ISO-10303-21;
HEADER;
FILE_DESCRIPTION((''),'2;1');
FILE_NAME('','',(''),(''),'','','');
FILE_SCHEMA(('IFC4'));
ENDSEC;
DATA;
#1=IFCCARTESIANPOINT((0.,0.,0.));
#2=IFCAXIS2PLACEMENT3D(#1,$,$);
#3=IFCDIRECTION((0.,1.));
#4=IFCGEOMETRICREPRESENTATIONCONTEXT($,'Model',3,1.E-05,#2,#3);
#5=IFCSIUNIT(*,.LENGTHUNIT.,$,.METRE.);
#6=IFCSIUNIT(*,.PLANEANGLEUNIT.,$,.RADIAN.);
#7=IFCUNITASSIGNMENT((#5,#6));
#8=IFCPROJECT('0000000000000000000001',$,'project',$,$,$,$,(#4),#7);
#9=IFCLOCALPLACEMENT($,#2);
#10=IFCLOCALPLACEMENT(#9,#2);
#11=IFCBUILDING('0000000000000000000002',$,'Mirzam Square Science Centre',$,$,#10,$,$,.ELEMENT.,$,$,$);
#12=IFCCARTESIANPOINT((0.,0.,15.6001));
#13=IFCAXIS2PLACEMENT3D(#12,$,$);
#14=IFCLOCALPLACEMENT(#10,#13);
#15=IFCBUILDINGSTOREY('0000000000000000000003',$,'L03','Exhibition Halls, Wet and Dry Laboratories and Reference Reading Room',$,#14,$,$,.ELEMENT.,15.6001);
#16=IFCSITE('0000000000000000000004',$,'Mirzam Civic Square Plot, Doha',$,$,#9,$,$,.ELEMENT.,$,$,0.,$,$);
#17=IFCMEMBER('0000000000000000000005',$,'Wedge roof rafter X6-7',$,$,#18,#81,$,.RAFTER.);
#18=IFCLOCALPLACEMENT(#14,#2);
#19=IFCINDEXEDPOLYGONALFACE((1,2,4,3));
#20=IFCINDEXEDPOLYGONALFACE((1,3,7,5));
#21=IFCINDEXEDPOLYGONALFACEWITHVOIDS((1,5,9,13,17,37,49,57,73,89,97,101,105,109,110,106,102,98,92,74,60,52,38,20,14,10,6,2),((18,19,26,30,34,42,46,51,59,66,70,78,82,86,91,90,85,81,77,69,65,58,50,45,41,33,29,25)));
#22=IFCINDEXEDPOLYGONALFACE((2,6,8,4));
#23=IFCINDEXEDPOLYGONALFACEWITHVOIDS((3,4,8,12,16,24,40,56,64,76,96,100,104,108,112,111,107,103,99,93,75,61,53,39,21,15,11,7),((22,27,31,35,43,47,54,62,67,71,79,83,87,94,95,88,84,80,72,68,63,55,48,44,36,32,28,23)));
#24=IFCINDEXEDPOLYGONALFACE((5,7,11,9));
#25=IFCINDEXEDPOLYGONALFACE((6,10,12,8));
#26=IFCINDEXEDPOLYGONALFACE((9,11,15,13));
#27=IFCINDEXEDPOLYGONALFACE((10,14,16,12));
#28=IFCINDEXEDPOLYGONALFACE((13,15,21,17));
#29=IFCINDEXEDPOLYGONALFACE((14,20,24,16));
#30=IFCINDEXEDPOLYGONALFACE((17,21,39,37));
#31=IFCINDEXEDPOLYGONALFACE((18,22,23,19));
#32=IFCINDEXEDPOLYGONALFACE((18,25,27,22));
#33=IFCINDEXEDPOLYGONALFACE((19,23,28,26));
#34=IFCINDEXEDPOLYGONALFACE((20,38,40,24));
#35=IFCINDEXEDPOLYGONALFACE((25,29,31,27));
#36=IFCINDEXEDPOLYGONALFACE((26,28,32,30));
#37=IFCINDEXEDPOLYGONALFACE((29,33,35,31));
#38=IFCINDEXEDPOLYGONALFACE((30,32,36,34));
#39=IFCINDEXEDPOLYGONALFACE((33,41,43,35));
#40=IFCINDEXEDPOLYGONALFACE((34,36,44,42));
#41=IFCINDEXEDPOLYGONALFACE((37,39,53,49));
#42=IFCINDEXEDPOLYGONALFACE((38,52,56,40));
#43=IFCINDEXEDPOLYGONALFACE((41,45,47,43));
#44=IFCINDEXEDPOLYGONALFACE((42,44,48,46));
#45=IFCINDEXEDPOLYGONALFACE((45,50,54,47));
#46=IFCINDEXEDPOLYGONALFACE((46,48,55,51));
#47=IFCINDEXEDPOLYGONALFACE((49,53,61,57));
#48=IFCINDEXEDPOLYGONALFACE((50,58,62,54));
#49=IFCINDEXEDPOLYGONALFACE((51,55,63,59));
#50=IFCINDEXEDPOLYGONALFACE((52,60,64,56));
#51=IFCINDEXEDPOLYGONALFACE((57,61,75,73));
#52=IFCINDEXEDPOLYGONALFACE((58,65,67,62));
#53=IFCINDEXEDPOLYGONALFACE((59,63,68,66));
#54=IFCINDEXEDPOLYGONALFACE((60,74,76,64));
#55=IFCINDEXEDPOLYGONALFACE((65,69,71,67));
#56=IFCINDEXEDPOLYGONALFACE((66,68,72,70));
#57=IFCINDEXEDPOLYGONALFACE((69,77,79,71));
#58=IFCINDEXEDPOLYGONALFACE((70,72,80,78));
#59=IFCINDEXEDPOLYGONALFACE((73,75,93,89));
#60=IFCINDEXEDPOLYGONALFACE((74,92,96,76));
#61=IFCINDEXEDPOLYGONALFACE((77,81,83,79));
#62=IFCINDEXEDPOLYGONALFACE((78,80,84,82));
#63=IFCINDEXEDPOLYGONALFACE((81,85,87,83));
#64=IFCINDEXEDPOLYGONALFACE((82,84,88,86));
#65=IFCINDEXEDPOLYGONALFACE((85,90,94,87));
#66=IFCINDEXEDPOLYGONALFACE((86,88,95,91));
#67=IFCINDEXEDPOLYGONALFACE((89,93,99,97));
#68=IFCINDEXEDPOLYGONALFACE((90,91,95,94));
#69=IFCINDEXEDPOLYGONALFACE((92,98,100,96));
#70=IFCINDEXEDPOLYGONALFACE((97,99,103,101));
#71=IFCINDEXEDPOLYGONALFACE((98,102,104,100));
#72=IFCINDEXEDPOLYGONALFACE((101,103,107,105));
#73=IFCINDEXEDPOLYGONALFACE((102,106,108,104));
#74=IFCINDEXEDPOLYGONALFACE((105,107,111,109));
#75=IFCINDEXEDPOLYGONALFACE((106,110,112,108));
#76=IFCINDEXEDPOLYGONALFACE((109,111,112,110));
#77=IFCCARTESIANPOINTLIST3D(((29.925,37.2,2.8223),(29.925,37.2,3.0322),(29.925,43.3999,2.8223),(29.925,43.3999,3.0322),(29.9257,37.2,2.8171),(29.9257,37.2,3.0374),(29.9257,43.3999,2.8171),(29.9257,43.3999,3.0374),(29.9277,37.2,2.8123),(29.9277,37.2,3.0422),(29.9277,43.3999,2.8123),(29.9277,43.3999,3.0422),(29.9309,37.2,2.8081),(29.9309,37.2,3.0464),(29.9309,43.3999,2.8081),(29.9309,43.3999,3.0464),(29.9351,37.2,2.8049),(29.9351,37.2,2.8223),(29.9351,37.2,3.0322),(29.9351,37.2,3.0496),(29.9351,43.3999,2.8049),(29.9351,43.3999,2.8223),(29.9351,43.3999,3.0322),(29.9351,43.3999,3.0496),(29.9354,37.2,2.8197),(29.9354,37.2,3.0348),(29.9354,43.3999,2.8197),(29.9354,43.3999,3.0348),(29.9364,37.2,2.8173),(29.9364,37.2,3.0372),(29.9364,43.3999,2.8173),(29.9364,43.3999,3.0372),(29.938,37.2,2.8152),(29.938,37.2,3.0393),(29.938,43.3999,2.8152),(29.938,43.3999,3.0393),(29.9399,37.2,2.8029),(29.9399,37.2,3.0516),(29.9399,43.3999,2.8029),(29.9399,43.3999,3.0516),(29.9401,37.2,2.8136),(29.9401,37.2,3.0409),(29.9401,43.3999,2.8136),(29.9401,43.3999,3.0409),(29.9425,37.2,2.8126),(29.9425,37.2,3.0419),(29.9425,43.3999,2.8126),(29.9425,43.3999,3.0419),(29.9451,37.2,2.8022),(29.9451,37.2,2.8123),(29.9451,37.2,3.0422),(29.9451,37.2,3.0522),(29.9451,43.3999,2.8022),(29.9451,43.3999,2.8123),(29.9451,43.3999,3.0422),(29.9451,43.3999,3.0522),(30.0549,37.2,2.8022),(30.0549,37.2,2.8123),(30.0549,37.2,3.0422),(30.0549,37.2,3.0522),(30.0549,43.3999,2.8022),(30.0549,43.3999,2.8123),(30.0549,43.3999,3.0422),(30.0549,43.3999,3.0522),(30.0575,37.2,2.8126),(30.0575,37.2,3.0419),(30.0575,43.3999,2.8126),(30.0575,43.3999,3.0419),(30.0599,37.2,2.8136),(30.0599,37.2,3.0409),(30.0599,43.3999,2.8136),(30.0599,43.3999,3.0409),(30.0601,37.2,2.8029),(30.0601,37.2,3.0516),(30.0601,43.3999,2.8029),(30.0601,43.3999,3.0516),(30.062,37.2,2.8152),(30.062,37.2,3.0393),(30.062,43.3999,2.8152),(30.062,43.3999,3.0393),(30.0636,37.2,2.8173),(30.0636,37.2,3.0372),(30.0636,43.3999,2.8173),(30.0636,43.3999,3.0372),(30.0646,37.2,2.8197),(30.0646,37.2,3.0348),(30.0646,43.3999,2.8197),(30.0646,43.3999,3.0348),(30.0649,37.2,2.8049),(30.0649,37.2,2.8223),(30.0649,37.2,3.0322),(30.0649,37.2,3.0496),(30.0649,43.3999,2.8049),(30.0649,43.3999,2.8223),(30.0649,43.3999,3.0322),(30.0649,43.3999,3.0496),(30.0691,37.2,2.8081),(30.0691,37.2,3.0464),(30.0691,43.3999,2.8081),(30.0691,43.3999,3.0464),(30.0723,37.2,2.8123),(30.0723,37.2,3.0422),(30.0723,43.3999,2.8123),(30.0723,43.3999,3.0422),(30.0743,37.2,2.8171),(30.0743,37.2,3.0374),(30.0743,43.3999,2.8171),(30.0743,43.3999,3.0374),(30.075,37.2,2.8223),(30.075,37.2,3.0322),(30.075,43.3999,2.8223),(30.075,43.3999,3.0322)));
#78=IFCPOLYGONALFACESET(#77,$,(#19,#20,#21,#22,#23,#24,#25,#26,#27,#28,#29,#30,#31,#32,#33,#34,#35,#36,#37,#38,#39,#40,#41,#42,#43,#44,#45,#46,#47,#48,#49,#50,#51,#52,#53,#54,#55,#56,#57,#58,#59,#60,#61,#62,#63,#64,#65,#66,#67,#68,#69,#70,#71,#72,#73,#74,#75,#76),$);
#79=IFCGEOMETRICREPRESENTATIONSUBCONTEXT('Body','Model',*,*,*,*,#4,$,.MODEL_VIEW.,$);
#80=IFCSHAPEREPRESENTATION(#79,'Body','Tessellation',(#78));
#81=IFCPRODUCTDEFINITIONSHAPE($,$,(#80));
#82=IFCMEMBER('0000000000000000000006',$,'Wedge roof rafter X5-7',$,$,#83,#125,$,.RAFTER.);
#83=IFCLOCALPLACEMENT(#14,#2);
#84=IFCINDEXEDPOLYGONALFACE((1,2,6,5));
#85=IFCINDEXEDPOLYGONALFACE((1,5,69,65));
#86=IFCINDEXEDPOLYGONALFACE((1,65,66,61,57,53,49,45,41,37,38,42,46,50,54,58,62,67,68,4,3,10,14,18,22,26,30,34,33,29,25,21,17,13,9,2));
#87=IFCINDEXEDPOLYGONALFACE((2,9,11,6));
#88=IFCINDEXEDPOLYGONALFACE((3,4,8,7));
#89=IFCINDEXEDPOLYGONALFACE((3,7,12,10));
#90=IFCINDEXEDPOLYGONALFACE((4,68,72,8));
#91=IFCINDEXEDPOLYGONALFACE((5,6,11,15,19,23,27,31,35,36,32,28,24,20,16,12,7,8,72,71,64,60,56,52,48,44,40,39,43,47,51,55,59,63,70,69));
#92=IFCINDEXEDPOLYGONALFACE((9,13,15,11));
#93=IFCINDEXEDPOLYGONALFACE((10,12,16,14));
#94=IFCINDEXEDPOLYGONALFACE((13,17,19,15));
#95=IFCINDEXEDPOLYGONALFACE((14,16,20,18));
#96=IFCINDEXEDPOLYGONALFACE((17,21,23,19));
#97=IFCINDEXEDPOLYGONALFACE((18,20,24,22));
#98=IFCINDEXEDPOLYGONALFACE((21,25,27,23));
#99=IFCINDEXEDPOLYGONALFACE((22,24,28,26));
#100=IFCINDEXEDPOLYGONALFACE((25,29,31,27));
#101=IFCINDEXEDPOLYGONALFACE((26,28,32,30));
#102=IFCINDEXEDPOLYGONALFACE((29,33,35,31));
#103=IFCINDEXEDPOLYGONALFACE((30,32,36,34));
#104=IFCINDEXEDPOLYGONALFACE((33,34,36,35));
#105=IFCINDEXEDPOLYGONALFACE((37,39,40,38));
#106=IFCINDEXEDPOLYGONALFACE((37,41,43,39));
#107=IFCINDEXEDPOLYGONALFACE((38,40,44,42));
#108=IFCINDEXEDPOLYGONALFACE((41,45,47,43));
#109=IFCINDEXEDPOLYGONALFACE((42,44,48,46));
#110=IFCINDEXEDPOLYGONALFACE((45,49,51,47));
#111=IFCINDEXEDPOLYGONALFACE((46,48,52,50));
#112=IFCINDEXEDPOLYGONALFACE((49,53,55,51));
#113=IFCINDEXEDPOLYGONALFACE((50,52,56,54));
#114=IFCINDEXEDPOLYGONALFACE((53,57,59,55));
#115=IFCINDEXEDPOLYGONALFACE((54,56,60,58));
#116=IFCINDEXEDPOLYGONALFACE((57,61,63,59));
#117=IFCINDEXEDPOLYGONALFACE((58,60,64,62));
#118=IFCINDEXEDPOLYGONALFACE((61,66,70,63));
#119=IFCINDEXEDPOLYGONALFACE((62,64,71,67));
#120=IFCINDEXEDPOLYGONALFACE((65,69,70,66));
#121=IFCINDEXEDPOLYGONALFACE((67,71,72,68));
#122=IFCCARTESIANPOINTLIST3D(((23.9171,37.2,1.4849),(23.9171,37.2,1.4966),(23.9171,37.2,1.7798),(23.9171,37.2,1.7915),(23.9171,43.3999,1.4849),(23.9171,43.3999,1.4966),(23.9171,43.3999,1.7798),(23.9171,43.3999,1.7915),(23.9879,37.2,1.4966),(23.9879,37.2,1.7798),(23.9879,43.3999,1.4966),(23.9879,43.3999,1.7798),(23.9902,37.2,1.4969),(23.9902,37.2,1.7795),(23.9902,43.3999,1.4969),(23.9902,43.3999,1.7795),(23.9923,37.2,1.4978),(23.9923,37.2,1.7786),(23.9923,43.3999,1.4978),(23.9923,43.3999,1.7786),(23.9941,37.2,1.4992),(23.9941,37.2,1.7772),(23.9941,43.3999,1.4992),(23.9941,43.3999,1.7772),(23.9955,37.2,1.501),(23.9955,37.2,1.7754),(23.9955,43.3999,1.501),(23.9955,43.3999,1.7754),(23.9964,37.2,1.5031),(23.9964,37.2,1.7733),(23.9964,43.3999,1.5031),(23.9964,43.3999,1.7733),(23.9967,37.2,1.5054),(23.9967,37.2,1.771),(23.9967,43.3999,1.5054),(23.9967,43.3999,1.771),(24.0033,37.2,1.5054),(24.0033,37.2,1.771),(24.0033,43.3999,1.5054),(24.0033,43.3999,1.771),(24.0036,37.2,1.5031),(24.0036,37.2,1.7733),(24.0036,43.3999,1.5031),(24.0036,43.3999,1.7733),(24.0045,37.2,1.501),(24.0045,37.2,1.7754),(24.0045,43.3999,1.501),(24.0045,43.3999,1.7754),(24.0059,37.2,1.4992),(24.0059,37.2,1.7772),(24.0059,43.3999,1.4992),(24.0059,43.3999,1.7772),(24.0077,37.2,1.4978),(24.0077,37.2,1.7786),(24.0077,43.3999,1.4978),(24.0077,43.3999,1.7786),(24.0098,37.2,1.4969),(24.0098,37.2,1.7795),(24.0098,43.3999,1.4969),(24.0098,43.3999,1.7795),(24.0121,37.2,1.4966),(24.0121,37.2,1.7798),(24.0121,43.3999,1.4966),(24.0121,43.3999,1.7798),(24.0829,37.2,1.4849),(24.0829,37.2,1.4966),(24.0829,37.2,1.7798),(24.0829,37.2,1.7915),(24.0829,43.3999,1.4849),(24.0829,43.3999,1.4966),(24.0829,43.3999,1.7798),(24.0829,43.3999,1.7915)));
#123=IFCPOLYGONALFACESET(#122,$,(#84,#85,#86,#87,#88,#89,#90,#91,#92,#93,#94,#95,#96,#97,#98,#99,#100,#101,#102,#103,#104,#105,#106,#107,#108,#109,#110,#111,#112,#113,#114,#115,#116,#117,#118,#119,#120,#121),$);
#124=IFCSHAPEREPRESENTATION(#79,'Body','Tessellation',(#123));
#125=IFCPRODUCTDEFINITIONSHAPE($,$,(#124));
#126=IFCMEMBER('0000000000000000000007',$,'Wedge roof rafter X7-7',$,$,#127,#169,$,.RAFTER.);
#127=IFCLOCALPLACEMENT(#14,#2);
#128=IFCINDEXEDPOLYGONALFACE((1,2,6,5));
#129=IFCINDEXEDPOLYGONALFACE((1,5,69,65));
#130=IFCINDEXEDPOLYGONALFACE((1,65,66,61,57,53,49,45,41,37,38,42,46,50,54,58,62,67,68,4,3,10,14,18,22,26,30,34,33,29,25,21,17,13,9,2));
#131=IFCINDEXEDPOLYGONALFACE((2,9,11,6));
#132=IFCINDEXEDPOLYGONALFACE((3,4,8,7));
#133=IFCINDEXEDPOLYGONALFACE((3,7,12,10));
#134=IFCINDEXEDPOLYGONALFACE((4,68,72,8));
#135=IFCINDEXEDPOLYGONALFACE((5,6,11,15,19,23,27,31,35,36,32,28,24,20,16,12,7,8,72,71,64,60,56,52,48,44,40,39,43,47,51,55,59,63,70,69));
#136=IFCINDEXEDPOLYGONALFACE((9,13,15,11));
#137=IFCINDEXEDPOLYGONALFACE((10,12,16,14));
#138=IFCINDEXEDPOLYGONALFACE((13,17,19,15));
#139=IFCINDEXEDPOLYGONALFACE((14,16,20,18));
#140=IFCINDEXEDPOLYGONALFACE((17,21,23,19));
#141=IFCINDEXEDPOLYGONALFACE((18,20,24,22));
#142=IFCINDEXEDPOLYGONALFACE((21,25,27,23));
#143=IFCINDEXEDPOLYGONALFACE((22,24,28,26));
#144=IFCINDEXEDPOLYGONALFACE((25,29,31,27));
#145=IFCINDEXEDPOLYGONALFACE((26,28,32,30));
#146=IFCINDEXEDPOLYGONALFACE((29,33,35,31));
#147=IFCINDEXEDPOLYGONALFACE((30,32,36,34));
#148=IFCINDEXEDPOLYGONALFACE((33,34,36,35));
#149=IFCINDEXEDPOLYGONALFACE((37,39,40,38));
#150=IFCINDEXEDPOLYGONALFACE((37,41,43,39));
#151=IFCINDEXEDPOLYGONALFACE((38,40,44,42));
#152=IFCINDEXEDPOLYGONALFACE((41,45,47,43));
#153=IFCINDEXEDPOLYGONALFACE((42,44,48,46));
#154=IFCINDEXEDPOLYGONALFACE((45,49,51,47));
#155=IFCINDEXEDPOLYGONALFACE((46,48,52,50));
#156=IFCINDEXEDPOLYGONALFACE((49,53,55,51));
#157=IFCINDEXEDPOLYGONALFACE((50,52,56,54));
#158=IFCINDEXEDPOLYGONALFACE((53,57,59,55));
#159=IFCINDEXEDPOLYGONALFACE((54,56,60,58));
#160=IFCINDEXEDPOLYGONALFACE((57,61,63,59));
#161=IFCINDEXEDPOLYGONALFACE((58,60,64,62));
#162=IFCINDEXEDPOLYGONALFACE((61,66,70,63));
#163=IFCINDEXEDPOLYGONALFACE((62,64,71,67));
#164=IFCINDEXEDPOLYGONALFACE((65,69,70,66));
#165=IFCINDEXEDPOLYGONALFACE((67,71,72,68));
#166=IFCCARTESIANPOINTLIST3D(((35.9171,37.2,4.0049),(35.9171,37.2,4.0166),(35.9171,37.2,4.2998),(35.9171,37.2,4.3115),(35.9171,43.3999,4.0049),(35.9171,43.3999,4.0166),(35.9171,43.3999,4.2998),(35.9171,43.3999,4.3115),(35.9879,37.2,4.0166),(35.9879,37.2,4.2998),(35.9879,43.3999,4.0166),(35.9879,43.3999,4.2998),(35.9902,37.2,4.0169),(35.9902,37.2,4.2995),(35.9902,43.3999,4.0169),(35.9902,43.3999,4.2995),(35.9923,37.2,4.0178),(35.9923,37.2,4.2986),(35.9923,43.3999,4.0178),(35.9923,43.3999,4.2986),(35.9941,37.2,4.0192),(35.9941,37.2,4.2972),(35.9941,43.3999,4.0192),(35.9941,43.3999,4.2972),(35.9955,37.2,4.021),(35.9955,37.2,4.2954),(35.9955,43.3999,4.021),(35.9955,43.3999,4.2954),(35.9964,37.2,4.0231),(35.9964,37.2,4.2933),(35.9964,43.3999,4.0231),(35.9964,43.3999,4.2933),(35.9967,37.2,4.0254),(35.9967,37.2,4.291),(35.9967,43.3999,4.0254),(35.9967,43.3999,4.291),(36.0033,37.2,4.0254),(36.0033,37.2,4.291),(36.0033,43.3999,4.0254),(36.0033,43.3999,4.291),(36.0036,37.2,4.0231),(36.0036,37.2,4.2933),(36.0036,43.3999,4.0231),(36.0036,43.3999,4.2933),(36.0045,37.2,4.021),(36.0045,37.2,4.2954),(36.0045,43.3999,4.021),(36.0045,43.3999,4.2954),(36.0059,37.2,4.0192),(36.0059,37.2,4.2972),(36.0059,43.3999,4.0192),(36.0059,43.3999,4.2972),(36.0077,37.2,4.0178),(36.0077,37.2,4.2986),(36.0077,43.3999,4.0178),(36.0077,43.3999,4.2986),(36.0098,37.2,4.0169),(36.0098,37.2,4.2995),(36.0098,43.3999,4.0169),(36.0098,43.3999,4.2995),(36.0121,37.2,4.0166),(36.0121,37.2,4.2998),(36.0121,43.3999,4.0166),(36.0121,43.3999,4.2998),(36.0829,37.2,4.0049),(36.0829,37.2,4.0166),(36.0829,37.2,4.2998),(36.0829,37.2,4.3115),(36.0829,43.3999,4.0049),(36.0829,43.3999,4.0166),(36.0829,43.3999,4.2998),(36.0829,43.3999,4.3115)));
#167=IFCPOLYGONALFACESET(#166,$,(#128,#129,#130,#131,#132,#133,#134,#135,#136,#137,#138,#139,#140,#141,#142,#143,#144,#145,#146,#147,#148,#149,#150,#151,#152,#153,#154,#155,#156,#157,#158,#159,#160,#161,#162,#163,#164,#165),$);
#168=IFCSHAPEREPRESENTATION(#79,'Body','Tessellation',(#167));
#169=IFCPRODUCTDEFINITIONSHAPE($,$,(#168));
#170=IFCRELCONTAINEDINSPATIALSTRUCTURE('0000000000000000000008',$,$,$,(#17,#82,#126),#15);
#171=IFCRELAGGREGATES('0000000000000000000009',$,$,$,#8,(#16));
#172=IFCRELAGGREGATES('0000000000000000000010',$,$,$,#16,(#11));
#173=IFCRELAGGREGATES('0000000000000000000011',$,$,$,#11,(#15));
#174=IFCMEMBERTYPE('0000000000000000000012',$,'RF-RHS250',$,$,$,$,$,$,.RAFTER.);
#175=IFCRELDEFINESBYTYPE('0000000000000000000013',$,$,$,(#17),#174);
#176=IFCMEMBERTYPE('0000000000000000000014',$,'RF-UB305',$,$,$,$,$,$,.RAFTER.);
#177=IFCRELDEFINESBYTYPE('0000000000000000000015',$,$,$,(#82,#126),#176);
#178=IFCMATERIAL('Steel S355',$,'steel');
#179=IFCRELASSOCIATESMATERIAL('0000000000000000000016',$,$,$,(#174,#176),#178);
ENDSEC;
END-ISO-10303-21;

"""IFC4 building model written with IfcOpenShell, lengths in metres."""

from ifc_helpers import new_model, si_unit, direction, frame, origin, origin_2d, place, context, subcontext, project, spatial, hollow_rectangle, i_section, extrude, material, material_profile, profile_set, type_object, element, save


model = new_model("IFC4")

# Units and contexts
model_context = context("Model", 3, precision=1e-05, world=origin(), true_north=direction((0.0, 1.0)))
body_context = subcontext(model_context, "Body", "Model", "MODEL_VIEW")
ifc_project = project(units=[si_unit("LENGTHUNIT", "METRE"), si_unit("PLANEANGLEUNIT", "RADIAN")], contexts=[model_context])

# Site, building, storey
site_placement = place(None, origin())
site = spatial("IfcSite", under=ifc_project, at=site_placement, Name="Mirzam Civic Square Plot, Doha", CompositionType="ELEMENT", RefElevation=0.0)
building_placement = place(site_placement, origin())
building = spatial("IfcBuilding", under=site, at=building_placement, Name="Mirzam Square Science Centre", CompositionType="ELEMENT")
storey_placement = place(building_placement, frame((0.0, 0.0, 15.6001)))
storey = spatial("IfcBuildingStorey", under=building, at=storey_placement, Name="L03", Description="Exhibition Halls, Wet and Dry Laboratories and Reference Reading Room", CompositionType="ELEMENT", Elevation=15.6001)

# Shared definitions
ifc_material_1 = material(Name="Steel S355", Category="steel")

# Members
ifc_material_profile_1 = material_profile(ifc_material_1, hollow_rectangle(XDim=0.1499, YDim=0.25, WallThickness=0.01, InnerFilletRadius=0.01, OuterFilletRadius=0.02, at=origin_2d()), Name="250x150x10.0RHS")
ifc_profile_set_1 = profile_set([ifc_material_profile_1], Name="Steel S355")
member_type_1 = type_object("IfcMemberType", Name="RF-RHS250", PredefinedType="RAFTER", material=ifc_profile_set_1)
member_1_placement = place(storey_placement, frame((30.0, 37.2, 2.9272), z_axis=(0.0, 1.0, 0.0), x_axis=(-1.0, 0.0, 0.0)))
element("IfcMember", 1, at=member_1_placement, inside=storey, type_object=member_type_1, Name="Wedge roof rafter X6-7", PredefinedType="RAFTER", context=body_context, shape_type="SweptSolid", body=[
    extrude(hollow_rectangle(XDim=0.1499, YDim=0.25, WallThickness=0.01, InnerFilletRadius=0.01, OuterFilletRadius=0.02, at=origin_2d()), origin(), (0.0, 0.0, 1.0), 6.2),
])
ifc_material_profile_2 = material_profile(ifc_material_1, i_section(OverallWidth=0.1658, OverallDepth=0.3066, WebThickness=0.0066, FlangeThickness=0.0117, FilletRadius=0.0088, at=origin_2d()), Name="305x165x46UB")
ifc_profile_set_2 = profile_set([ifc_material_profile_2], Name="Steel S355")
member_type_2 = type_object("IfcMemberType", Name="RF-UB305", PredefinedType="RAFTER", material=ifc_profile_set_2)
for number, where, z_axis, x_axis, name in (
    (2, (24.0, 37.2, 1.6382), (0.0, 1.0, 0.0), (-1.0, 0.0, 0.0), "Wedge roof rafter X5-7"),
    (3, (36.0, 37.2, 4.1582), (0.0, 1.0, 0.0), (-1.0, 0.0, 0.0), "Wedge roof rafter X7-7"),
):
    element("IfcMember", number, at=place(storey_placement, frame(where, z_axis=z_axis, x_axis=x_axis)), inside=storey, type_object=member_type_2, Name=name, PredefinedType="RAFTER", context=body_context, shape_type="SweptSolid", body=[
        extrude(i_section(OverallWidth=0.1658, OverallDepth=0.3066, WebThickness=0.0066, FlangeThickness=0.0117, FilletRadius=0.0088, at=origin_2d()), origin(), (0.0, 0.0, 1.0), 6.2),
    ])

save(model, "model.ifc")
